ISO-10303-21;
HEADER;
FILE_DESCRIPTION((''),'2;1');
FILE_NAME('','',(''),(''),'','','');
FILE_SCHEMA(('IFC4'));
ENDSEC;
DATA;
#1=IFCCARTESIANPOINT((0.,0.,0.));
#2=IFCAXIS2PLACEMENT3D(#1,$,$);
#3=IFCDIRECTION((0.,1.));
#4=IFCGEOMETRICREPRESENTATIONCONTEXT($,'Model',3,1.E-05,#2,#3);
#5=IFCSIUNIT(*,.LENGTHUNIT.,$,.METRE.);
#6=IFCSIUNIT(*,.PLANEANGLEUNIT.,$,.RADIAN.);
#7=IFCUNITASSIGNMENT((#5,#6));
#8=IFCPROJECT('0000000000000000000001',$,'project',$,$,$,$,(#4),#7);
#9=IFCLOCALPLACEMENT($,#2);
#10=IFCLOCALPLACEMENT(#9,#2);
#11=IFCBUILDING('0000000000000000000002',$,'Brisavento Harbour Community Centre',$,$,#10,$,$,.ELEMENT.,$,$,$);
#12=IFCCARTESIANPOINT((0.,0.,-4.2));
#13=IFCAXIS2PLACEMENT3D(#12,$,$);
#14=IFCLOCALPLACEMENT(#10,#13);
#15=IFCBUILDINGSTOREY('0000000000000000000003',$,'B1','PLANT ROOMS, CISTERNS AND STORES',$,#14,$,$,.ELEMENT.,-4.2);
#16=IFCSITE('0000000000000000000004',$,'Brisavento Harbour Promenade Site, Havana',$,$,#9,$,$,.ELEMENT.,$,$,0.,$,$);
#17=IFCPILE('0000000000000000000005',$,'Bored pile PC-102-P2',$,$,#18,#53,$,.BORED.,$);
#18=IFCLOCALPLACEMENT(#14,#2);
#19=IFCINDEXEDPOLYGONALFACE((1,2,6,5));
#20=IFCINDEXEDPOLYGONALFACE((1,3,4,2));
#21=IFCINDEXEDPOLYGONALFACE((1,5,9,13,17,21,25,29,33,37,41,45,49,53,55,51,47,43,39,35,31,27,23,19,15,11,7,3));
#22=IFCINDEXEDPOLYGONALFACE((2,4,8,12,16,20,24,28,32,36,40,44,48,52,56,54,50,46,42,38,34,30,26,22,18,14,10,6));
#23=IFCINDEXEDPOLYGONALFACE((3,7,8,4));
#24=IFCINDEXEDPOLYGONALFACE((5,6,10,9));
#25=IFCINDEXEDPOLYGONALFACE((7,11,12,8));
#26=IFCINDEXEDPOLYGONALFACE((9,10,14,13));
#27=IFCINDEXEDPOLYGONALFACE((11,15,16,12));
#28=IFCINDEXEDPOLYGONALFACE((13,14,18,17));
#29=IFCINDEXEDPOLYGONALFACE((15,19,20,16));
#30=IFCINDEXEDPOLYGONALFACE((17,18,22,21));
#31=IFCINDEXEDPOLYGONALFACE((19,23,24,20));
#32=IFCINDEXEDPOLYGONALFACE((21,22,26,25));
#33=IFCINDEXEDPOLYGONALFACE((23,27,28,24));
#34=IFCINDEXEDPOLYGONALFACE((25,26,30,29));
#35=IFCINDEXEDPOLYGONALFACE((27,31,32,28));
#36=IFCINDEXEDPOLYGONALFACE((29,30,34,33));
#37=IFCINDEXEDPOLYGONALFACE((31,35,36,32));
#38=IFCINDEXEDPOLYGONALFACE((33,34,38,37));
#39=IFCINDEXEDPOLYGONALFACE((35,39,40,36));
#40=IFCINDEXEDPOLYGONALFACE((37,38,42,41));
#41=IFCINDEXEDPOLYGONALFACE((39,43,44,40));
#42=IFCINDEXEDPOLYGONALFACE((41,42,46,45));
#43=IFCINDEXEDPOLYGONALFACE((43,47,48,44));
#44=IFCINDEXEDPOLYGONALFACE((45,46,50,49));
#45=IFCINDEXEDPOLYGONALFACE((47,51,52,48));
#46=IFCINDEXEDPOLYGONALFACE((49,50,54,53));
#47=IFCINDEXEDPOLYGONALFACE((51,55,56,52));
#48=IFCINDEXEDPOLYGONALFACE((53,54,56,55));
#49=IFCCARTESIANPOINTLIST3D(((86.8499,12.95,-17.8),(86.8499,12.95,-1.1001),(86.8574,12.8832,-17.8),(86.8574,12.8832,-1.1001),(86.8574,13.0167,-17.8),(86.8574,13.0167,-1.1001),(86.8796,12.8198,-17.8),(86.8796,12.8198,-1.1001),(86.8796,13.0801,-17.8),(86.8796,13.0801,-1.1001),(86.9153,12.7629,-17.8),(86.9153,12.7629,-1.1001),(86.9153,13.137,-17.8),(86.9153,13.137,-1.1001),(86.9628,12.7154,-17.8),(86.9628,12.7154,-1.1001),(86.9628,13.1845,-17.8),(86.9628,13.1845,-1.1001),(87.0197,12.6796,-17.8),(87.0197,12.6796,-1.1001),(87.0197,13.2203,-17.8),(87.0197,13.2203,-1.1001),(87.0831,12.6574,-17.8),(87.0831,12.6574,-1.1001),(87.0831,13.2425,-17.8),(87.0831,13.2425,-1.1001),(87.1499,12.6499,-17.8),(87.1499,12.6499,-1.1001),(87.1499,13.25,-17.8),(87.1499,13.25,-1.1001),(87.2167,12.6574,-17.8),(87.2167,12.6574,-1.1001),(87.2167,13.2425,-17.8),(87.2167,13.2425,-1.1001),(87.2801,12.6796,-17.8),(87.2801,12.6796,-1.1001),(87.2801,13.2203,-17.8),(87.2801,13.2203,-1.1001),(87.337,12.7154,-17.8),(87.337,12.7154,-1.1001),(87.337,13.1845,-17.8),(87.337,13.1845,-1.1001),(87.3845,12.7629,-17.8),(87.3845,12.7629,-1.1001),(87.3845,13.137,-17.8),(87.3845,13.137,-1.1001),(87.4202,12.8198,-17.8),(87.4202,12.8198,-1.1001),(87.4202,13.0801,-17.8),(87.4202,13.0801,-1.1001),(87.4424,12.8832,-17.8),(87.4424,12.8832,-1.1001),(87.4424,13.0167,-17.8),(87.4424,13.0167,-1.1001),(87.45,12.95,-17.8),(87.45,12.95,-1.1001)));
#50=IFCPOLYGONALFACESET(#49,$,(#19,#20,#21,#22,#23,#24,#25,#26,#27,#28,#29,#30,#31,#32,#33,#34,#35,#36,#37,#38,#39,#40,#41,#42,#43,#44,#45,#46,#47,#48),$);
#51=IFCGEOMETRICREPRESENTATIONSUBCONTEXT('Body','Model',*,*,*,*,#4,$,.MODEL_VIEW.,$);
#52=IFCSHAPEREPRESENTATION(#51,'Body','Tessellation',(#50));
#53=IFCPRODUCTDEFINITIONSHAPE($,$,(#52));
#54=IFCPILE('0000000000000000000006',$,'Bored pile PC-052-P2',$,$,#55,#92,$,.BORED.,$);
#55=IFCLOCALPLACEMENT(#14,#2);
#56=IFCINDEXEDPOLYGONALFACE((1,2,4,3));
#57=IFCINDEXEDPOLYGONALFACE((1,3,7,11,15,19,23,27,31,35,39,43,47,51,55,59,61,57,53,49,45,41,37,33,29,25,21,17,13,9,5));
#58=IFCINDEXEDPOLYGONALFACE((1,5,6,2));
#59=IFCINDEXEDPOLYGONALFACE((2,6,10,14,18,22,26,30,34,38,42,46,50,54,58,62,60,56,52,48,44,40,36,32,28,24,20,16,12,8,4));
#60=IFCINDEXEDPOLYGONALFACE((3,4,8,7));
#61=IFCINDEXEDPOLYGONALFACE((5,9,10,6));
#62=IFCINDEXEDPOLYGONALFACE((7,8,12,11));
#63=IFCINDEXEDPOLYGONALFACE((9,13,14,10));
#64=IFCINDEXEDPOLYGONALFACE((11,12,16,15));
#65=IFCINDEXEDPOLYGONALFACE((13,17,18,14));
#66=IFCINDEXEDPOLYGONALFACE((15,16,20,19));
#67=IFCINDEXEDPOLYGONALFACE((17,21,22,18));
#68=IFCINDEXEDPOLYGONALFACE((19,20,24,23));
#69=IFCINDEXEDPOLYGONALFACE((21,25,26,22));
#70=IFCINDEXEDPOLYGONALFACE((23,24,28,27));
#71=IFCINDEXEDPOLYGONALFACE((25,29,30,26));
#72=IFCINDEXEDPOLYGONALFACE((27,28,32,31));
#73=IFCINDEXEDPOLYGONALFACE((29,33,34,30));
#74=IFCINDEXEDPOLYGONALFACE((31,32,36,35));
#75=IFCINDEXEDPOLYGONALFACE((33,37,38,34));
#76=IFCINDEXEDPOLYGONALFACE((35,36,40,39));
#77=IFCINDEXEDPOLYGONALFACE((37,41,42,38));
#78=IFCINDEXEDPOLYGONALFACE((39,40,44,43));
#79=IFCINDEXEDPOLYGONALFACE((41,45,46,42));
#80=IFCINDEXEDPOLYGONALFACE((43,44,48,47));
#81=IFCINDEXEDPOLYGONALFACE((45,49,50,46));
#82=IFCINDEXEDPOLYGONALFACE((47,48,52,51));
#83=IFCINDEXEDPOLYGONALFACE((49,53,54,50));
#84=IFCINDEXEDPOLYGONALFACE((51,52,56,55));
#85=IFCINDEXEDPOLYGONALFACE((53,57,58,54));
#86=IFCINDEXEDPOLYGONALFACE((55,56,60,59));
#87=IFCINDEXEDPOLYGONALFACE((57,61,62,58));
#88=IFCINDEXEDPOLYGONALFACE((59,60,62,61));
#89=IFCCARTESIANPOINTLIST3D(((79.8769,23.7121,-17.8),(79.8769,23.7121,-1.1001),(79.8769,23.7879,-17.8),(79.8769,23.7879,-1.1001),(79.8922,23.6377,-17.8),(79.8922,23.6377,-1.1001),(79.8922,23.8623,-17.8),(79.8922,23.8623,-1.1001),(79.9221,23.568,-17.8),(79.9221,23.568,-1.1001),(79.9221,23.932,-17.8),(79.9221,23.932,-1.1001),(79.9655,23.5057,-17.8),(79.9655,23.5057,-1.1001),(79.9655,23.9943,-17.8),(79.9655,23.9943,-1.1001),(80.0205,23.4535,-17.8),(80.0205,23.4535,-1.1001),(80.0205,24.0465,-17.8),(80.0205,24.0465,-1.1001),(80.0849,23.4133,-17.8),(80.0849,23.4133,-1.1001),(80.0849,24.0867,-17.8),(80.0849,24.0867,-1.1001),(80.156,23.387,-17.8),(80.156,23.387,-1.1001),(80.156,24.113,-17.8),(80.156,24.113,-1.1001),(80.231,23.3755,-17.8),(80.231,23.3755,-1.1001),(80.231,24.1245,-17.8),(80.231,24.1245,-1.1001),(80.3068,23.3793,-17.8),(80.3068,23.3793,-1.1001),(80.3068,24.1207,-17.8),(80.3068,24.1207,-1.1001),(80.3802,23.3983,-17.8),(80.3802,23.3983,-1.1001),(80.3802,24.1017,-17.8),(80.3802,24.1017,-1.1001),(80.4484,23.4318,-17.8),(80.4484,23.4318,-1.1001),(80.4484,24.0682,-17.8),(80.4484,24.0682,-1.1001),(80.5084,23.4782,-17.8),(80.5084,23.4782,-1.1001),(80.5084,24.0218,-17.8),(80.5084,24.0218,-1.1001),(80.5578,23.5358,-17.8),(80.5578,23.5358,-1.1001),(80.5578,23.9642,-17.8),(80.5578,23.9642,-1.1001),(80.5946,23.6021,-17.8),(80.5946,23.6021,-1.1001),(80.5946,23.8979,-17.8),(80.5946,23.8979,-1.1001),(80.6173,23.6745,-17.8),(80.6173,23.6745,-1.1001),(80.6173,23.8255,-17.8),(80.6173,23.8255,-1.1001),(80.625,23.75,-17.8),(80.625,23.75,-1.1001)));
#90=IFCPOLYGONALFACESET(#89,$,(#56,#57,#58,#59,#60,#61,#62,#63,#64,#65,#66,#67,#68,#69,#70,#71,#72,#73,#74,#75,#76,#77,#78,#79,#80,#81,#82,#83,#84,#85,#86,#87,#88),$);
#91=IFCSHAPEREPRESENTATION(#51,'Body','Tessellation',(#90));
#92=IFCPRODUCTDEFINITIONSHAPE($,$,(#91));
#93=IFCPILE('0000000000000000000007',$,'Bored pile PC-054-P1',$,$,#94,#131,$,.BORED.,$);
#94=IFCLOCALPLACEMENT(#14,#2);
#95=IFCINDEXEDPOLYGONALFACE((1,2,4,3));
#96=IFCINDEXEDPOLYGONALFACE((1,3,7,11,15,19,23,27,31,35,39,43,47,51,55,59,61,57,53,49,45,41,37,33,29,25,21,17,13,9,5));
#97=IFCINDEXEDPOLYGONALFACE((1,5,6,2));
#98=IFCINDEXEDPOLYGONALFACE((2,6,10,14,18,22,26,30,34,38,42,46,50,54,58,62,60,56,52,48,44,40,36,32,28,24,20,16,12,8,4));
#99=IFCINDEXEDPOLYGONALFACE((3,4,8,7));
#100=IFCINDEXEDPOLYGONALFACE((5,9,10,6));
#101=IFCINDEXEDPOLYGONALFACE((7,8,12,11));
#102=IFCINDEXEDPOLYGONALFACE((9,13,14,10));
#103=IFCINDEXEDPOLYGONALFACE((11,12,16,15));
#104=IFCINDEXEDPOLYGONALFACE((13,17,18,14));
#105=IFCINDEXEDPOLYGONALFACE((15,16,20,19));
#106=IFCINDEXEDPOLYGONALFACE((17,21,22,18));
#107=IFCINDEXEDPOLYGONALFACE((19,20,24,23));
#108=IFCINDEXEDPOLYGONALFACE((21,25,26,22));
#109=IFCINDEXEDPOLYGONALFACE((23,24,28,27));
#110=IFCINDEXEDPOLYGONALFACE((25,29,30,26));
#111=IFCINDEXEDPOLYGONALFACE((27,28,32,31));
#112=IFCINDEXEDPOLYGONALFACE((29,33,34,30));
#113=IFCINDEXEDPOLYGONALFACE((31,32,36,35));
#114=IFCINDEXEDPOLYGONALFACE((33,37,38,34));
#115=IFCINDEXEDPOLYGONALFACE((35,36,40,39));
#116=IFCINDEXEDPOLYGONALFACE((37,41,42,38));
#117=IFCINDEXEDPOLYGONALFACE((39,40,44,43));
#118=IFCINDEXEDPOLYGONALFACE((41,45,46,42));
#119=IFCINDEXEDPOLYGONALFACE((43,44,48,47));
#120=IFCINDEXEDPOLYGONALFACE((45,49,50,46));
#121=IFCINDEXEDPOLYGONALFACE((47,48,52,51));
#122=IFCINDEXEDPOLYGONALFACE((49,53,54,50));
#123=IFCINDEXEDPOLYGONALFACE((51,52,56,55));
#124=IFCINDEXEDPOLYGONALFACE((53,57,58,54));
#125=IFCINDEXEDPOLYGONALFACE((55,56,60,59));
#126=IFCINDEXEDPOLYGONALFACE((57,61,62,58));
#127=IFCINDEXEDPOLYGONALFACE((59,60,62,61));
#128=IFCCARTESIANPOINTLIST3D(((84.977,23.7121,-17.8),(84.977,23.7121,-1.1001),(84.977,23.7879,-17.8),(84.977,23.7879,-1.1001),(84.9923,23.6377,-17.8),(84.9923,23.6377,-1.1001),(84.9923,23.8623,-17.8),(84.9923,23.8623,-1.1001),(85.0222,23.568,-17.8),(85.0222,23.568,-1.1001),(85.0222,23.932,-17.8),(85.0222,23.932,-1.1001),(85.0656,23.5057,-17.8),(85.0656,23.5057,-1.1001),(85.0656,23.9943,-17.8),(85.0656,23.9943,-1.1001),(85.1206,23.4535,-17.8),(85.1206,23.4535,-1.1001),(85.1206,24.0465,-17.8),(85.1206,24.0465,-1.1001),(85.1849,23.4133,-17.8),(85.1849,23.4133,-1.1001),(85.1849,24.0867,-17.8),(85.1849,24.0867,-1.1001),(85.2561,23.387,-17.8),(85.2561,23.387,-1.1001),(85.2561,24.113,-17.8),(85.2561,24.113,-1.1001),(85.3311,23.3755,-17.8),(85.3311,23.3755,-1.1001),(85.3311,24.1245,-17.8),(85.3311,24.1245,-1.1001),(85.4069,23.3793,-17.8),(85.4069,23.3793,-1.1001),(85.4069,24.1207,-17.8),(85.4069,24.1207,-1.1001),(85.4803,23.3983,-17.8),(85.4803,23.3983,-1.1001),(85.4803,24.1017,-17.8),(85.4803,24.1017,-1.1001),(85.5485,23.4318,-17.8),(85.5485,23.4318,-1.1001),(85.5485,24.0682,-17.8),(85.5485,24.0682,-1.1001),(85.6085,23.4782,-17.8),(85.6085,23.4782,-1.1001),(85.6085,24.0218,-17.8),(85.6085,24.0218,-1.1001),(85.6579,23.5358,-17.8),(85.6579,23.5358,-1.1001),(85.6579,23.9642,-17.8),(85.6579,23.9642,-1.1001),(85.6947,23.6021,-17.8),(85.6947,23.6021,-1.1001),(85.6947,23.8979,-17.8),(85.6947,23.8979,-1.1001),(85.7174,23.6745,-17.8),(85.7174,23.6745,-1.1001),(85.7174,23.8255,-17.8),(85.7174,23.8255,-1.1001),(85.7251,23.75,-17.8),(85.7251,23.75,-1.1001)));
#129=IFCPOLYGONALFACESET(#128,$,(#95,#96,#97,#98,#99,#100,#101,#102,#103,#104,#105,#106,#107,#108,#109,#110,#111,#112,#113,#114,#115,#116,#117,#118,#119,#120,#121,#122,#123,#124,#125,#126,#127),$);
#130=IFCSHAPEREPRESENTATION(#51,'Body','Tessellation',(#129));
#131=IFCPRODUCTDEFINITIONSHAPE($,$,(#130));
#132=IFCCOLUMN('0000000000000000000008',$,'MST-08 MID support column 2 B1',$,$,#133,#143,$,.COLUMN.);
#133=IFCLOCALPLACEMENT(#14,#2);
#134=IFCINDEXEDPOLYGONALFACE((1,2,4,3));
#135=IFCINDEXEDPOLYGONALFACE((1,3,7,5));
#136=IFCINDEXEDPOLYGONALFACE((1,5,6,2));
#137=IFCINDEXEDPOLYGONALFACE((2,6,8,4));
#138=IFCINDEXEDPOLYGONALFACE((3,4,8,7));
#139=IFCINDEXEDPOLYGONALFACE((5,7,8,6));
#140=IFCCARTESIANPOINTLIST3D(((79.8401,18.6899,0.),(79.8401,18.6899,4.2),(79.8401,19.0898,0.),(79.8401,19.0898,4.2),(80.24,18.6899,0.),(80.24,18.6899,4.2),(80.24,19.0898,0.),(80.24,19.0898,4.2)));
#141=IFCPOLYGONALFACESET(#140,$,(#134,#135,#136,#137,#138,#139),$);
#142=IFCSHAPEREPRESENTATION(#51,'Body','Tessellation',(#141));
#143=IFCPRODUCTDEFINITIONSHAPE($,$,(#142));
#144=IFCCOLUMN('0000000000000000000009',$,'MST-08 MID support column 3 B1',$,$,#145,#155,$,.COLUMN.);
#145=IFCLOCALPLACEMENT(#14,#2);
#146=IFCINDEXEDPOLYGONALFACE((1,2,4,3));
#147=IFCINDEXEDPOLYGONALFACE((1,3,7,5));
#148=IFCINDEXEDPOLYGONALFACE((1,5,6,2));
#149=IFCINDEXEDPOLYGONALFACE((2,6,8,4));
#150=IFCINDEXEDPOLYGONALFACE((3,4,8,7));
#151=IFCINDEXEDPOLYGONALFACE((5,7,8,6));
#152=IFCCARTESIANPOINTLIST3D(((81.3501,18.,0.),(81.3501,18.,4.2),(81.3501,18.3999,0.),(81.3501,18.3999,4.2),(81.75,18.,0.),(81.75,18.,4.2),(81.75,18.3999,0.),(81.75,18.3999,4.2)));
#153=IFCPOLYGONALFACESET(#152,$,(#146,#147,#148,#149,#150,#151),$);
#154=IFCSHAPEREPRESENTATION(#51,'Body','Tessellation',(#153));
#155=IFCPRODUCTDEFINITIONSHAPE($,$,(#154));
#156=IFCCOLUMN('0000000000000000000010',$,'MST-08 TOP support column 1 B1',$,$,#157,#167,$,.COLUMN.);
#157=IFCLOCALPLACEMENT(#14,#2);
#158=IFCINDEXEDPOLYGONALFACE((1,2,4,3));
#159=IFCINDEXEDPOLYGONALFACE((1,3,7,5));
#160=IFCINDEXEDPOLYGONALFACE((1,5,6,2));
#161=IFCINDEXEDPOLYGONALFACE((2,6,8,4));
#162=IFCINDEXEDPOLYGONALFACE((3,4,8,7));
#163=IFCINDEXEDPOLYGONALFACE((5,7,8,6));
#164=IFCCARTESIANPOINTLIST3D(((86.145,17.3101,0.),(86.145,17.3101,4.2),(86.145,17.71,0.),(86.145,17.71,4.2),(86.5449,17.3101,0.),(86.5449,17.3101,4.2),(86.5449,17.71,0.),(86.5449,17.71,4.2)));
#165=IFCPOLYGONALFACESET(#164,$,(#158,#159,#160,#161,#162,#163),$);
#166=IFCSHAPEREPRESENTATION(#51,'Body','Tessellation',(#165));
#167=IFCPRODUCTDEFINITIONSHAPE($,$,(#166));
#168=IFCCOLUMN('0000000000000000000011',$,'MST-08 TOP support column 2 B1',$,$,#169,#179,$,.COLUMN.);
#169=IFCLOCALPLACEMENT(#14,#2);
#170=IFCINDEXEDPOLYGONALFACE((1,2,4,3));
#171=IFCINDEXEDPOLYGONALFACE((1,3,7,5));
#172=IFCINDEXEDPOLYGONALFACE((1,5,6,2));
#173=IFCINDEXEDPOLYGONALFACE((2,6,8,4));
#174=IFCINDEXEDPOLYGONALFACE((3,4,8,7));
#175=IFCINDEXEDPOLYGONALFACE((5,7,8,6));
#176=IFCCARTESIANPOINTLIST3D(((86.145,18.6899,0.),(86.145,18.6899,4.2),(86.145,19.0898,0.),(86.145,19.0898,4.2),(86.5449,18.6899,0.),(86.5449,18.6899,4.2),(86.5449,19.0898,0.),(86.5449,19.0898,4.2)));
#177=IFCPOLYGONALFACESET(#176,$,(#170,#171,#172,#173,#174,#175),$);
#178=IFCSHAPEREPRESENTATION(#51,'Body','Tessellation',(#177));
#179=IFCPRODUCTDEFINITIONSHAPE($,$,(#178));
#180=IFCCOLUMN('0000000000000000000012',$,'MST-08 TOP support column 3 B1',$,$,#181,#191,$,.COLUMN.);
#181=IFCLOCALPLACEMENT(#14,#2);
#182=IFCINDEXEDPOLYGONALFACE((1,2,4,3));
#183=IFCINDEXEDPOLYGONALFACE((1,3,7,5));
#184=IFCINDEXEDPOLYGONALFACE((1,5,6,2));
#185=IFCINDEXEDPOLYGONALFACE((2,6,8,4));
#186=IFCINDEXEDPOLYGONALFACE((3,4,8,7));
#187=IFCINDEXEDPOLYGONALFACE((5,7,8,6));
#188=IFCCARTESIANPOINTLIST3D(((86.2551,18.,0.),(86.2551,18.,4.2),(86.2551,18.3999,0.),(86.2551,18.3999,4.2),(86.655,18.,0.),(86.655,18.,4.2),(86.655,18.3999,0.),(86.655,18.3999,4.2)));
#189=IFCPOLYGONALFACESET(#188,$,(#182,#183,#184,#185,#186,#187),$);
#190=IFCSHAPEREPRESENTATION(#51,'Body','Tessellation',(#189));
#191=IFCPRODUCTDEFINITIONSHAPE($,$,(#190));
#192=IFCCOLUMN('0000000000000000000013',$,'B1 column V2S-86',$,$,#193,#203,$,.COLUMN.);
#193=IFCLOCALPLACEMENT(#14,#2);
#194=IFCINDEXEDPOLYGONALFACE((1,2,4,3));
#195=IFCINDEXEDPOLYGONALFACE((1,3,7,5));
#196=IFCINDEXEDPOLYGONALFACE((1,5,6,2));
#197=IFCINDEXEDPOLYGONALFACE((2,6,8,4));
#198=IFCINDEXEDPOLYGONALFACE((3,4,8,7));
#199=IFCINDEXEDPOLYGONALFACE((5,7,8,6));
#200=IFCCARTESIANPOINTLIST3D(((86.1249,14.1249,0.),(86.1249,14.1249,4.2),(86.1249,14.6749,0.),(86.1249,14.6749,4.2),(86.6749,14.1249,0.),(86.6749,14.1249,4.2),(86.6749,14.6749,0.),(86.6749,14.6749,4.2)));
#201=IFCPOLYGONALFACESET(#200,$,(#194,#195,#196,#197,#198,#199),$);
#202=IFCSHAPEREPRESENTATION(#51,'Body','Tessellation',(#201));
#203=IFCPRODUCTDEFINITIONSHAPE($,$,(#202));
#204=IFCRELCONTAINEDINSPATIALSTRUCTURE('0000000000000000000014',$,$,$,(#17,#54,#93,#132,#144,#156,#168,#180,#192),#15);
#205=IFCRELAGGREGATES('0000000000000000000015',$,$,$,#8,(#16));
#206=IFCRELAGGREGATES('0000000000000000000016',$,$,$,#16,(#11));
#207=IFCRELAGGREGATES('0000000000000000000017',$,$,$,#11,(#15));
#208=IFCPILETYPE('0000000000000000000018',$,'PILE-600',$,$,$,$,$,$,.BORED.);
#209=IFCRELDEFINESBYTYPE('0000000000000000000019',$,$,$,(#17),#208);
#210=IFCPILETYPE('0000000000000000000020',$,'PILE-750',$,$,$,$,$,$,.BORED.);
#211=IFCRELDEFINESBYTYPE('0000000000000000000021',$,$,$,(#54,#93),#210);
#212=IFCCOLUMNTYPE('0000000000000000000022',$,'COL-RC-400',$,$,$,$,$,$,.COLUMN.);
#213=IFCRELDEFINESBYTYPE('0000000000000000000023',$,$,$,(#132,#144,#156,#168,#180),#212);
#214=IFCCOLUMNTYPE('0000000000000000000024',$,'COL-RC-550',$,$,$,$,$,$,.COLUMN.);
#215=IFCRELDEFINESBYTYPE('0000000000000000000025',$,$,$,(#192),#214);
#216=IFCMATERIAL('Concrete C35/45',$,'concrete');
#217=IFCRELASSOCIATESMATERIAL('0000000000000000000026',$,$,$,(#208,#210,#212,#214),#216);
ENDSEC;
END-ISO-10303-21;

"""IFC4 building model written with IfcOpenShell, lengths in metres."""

from ifc_helpers import new_model, si_unit, direction, frame, origin, origin_2d, place, context, subcontext, project, spatial, rectangle, circle, extrude, material, material_profile, profile_set, type_object, element, save


model = new_model("IFC4")

# Units and contexts
model_context = context("Model", 3, precision=1e-05, world=origin(), true_north=direction((0.0, 1.0)))
body_context = subcontext(model_context, "Body", "Model", "MODEL_VIEW")
ifc_project = project(units=[si_unit("LENGTHUNIT", "METRE"), si_unit("PLANEANGLEUNIT", "RADIAN")], contexts=[model_context])

# Site, building, storey
site_placement = place(None, origin())
site = spatial("IfcSite", under=ifc_project, at=site_placement, Name="Brisavento Harbour Promenade Site, Havana", CompositionType="ELEMENT", RefElevation=0.0)
building_placement = place(site_placement, origin())
building = spatial("IfcBuilding", under=site, at=building_placement, Name="Brisavento Harbour Community Centre", CompositionType="ELEMENT")
storey_placement = place(building_placement, frame((0.0, 0.0, -4.2)))
storey = spatial("IfcBuildingStorey", under=building, at=storey_placement, Name="B1", Description="PLANT ROOMS, CISTERNS AND STORES", CompositionType="ELEMENT", Elevation=-4.2)

# Shared definitions
ifc_material_1 = material(Name="Concrete C35/45", Category="concrete")

# Piles
ifc_material_profile_1 = material_profile(ifc_material_1, circle(Radius=0.3, at=origin_2d()), Name="Concrete C35/45")
ifc_profile_set_1 = profile_set([ifc_material_profile_1], Name="Concrete C35/45")
pile_type_1 = type_object("IfcPileType", Name="PILE-600", PredefinedType="BORED", material=ifc_profile_set_1)
for number, where, z_axis, x_axis, name in (
    (1, (87.1499, 12.95, -1.1001), (0.0, 0.0, -1.0), (1.0, 0.0, 0.0), "Bored pile PC-102-P2"),
):
    element("IfcPile", number, at=place(storey_placement, frame(where, z_axis=z_axis, x_axis=x_axis)), inside=storey, type_object=pile_type_1, Name=name, PredefinedType="BORED", context=body_context, shape_type="SweptSolid", body=[
        extrude(circle(Radius=0.3, at=origin_2d()), origin(), (0.0, 0.0, 1.0), 16.7),
    ])
ifc_material_profile_2 = material_profile(ifc_material_1, circle(Radius=0.375, at=origin_2d()), Name="Concrete C35/45")
ifc_profile_set_2 = profile_set([ifc_material_profile_2], Name="Concrete C35/45")
pile_type_2 = type_object("IfcPileType", Name="PILE-750", PredefinedType="BORED", material=ifc_profile_set_2)
for number, where, z_axis, x_axis, name in (
    (2, (80.25, 23.75, -1.1001), (0.0, 0.0, -1.0), (1.0, 0.0, 0.0), "Bored pile PC-052-P2"),
    (3, (85.3501, 23.75, -1.1001), (0.0, 0.0, -1.0), (1.0, 0.0, 0.0), "Bored pile PC-054-P1"),
):
    element("IfcPile", number, at=place(storey_placement, frame(where, z_axis=z_axis, x_axis=x_axis)), inside=storey, type_object=pile_type_2, Name=name, PredefinedType="BORED", context=body_context, shape_type="SweptSolid", body=[
        extrude(circle(Radius=0.375, at=origin_2d()), origin(), (0.0, 0.0, 1.0), 16.7),
    ])

# Columns
ifc_material_profile_3 = material_profile(ifc_material_1, rectangle(XDim=0.3999, YDim=0.3999, at=origin_2d()), Name="Concrete C35/45")
ifc_profile_set_3 = profile_set([ifc_material_profile_3], Name="Concrete C35/45")
column_type_1 = type_object("IfcColumnType", Name="COL-RC-400", PredefinedType="COLUMN", material=ifc_profile_set_3)
for number, where, z_axis, x_axis, name in (
    (4, (80.04, 18.8899, 0.0), (0.0, 0.0, 1.0), (1.0, 0.0, 0.0), "MST-08 MID support column 2 B1"),
    (5, (81.55, 18.2, 0.0), (0.0, 0.0, 1.0), (1.0, 0.0, 0.0), "MST-08 MID support column 3 B1"),
    (6, (86.345, 17.51, 0.0), (0.0, 0.0, 1.0), (1.0, 0.0, 0.0), "MST-08 TOP support column 1 B1"),
    (7, (86.345, 18.8899, 0.0), (0.0, 0.0, 1.0), (1.0, 0.0, 0.0), "MST-08 TOP support column 2 B1"),
    (8, (86.4551, 18.2, 0.0), (0.0, 0.0, 1.0), (1.0, 0.0, 0.0), "MST-08 TOP support column 3 B1"),
):
    element("IfcColumn", number, at=place(storey_placement, frame(where, z_axis=z_axis, x_axis=x_axis)), inside=storey, type_object=column_type_1, Name=name, PredefinedType="COLUMN", context=body_context, shape_type="SweptSolid", body=[
        extrude(rectangle(XDim=0.3999, YDim=0.3999, at=origin_2d()), origin(), (0.0, 0.0, 1.0), 4.2),
    ])
ifc_material_profile_4 = material_profile(ifc_material_1, rectangle(XDim=0.55, YDim=0.55, at=origin_2d()), Name="Concrete C35/45")
ifc_profile_set_4 = profile_set([ifc_material_profile_4], Name="Concrete C35/45")
column_type_2 = type_object("IfcColumnType", Name="COL-RC-550", PredefinedType="COLUMN", material=ifc_profile_set_4)
for number, where, z_axis, x_axis, name in (
    (9, (86.3999, 14.3999, 0.0), (0.0, 0.0, 1.0), (1.0, 0.0, 0.0), "B1 column V2S-86"),
):
    element("IfcColumn", number, at=place(storey_placement, frame(where, z_axis=z_axis, x_axis=x_axis)), inside=storey, type_object=column_type_2, Name=name, PredefinedType="COLUMN", context=body_context, shape_type="SweptSolid", body=[
        extrude(rectangle(XDim=0.55, YDim=0.55, at=origin_2d()), origin(), (0.0, 0.0, 1.0), 4.2),
    ])

save(model, "model.ifc")
